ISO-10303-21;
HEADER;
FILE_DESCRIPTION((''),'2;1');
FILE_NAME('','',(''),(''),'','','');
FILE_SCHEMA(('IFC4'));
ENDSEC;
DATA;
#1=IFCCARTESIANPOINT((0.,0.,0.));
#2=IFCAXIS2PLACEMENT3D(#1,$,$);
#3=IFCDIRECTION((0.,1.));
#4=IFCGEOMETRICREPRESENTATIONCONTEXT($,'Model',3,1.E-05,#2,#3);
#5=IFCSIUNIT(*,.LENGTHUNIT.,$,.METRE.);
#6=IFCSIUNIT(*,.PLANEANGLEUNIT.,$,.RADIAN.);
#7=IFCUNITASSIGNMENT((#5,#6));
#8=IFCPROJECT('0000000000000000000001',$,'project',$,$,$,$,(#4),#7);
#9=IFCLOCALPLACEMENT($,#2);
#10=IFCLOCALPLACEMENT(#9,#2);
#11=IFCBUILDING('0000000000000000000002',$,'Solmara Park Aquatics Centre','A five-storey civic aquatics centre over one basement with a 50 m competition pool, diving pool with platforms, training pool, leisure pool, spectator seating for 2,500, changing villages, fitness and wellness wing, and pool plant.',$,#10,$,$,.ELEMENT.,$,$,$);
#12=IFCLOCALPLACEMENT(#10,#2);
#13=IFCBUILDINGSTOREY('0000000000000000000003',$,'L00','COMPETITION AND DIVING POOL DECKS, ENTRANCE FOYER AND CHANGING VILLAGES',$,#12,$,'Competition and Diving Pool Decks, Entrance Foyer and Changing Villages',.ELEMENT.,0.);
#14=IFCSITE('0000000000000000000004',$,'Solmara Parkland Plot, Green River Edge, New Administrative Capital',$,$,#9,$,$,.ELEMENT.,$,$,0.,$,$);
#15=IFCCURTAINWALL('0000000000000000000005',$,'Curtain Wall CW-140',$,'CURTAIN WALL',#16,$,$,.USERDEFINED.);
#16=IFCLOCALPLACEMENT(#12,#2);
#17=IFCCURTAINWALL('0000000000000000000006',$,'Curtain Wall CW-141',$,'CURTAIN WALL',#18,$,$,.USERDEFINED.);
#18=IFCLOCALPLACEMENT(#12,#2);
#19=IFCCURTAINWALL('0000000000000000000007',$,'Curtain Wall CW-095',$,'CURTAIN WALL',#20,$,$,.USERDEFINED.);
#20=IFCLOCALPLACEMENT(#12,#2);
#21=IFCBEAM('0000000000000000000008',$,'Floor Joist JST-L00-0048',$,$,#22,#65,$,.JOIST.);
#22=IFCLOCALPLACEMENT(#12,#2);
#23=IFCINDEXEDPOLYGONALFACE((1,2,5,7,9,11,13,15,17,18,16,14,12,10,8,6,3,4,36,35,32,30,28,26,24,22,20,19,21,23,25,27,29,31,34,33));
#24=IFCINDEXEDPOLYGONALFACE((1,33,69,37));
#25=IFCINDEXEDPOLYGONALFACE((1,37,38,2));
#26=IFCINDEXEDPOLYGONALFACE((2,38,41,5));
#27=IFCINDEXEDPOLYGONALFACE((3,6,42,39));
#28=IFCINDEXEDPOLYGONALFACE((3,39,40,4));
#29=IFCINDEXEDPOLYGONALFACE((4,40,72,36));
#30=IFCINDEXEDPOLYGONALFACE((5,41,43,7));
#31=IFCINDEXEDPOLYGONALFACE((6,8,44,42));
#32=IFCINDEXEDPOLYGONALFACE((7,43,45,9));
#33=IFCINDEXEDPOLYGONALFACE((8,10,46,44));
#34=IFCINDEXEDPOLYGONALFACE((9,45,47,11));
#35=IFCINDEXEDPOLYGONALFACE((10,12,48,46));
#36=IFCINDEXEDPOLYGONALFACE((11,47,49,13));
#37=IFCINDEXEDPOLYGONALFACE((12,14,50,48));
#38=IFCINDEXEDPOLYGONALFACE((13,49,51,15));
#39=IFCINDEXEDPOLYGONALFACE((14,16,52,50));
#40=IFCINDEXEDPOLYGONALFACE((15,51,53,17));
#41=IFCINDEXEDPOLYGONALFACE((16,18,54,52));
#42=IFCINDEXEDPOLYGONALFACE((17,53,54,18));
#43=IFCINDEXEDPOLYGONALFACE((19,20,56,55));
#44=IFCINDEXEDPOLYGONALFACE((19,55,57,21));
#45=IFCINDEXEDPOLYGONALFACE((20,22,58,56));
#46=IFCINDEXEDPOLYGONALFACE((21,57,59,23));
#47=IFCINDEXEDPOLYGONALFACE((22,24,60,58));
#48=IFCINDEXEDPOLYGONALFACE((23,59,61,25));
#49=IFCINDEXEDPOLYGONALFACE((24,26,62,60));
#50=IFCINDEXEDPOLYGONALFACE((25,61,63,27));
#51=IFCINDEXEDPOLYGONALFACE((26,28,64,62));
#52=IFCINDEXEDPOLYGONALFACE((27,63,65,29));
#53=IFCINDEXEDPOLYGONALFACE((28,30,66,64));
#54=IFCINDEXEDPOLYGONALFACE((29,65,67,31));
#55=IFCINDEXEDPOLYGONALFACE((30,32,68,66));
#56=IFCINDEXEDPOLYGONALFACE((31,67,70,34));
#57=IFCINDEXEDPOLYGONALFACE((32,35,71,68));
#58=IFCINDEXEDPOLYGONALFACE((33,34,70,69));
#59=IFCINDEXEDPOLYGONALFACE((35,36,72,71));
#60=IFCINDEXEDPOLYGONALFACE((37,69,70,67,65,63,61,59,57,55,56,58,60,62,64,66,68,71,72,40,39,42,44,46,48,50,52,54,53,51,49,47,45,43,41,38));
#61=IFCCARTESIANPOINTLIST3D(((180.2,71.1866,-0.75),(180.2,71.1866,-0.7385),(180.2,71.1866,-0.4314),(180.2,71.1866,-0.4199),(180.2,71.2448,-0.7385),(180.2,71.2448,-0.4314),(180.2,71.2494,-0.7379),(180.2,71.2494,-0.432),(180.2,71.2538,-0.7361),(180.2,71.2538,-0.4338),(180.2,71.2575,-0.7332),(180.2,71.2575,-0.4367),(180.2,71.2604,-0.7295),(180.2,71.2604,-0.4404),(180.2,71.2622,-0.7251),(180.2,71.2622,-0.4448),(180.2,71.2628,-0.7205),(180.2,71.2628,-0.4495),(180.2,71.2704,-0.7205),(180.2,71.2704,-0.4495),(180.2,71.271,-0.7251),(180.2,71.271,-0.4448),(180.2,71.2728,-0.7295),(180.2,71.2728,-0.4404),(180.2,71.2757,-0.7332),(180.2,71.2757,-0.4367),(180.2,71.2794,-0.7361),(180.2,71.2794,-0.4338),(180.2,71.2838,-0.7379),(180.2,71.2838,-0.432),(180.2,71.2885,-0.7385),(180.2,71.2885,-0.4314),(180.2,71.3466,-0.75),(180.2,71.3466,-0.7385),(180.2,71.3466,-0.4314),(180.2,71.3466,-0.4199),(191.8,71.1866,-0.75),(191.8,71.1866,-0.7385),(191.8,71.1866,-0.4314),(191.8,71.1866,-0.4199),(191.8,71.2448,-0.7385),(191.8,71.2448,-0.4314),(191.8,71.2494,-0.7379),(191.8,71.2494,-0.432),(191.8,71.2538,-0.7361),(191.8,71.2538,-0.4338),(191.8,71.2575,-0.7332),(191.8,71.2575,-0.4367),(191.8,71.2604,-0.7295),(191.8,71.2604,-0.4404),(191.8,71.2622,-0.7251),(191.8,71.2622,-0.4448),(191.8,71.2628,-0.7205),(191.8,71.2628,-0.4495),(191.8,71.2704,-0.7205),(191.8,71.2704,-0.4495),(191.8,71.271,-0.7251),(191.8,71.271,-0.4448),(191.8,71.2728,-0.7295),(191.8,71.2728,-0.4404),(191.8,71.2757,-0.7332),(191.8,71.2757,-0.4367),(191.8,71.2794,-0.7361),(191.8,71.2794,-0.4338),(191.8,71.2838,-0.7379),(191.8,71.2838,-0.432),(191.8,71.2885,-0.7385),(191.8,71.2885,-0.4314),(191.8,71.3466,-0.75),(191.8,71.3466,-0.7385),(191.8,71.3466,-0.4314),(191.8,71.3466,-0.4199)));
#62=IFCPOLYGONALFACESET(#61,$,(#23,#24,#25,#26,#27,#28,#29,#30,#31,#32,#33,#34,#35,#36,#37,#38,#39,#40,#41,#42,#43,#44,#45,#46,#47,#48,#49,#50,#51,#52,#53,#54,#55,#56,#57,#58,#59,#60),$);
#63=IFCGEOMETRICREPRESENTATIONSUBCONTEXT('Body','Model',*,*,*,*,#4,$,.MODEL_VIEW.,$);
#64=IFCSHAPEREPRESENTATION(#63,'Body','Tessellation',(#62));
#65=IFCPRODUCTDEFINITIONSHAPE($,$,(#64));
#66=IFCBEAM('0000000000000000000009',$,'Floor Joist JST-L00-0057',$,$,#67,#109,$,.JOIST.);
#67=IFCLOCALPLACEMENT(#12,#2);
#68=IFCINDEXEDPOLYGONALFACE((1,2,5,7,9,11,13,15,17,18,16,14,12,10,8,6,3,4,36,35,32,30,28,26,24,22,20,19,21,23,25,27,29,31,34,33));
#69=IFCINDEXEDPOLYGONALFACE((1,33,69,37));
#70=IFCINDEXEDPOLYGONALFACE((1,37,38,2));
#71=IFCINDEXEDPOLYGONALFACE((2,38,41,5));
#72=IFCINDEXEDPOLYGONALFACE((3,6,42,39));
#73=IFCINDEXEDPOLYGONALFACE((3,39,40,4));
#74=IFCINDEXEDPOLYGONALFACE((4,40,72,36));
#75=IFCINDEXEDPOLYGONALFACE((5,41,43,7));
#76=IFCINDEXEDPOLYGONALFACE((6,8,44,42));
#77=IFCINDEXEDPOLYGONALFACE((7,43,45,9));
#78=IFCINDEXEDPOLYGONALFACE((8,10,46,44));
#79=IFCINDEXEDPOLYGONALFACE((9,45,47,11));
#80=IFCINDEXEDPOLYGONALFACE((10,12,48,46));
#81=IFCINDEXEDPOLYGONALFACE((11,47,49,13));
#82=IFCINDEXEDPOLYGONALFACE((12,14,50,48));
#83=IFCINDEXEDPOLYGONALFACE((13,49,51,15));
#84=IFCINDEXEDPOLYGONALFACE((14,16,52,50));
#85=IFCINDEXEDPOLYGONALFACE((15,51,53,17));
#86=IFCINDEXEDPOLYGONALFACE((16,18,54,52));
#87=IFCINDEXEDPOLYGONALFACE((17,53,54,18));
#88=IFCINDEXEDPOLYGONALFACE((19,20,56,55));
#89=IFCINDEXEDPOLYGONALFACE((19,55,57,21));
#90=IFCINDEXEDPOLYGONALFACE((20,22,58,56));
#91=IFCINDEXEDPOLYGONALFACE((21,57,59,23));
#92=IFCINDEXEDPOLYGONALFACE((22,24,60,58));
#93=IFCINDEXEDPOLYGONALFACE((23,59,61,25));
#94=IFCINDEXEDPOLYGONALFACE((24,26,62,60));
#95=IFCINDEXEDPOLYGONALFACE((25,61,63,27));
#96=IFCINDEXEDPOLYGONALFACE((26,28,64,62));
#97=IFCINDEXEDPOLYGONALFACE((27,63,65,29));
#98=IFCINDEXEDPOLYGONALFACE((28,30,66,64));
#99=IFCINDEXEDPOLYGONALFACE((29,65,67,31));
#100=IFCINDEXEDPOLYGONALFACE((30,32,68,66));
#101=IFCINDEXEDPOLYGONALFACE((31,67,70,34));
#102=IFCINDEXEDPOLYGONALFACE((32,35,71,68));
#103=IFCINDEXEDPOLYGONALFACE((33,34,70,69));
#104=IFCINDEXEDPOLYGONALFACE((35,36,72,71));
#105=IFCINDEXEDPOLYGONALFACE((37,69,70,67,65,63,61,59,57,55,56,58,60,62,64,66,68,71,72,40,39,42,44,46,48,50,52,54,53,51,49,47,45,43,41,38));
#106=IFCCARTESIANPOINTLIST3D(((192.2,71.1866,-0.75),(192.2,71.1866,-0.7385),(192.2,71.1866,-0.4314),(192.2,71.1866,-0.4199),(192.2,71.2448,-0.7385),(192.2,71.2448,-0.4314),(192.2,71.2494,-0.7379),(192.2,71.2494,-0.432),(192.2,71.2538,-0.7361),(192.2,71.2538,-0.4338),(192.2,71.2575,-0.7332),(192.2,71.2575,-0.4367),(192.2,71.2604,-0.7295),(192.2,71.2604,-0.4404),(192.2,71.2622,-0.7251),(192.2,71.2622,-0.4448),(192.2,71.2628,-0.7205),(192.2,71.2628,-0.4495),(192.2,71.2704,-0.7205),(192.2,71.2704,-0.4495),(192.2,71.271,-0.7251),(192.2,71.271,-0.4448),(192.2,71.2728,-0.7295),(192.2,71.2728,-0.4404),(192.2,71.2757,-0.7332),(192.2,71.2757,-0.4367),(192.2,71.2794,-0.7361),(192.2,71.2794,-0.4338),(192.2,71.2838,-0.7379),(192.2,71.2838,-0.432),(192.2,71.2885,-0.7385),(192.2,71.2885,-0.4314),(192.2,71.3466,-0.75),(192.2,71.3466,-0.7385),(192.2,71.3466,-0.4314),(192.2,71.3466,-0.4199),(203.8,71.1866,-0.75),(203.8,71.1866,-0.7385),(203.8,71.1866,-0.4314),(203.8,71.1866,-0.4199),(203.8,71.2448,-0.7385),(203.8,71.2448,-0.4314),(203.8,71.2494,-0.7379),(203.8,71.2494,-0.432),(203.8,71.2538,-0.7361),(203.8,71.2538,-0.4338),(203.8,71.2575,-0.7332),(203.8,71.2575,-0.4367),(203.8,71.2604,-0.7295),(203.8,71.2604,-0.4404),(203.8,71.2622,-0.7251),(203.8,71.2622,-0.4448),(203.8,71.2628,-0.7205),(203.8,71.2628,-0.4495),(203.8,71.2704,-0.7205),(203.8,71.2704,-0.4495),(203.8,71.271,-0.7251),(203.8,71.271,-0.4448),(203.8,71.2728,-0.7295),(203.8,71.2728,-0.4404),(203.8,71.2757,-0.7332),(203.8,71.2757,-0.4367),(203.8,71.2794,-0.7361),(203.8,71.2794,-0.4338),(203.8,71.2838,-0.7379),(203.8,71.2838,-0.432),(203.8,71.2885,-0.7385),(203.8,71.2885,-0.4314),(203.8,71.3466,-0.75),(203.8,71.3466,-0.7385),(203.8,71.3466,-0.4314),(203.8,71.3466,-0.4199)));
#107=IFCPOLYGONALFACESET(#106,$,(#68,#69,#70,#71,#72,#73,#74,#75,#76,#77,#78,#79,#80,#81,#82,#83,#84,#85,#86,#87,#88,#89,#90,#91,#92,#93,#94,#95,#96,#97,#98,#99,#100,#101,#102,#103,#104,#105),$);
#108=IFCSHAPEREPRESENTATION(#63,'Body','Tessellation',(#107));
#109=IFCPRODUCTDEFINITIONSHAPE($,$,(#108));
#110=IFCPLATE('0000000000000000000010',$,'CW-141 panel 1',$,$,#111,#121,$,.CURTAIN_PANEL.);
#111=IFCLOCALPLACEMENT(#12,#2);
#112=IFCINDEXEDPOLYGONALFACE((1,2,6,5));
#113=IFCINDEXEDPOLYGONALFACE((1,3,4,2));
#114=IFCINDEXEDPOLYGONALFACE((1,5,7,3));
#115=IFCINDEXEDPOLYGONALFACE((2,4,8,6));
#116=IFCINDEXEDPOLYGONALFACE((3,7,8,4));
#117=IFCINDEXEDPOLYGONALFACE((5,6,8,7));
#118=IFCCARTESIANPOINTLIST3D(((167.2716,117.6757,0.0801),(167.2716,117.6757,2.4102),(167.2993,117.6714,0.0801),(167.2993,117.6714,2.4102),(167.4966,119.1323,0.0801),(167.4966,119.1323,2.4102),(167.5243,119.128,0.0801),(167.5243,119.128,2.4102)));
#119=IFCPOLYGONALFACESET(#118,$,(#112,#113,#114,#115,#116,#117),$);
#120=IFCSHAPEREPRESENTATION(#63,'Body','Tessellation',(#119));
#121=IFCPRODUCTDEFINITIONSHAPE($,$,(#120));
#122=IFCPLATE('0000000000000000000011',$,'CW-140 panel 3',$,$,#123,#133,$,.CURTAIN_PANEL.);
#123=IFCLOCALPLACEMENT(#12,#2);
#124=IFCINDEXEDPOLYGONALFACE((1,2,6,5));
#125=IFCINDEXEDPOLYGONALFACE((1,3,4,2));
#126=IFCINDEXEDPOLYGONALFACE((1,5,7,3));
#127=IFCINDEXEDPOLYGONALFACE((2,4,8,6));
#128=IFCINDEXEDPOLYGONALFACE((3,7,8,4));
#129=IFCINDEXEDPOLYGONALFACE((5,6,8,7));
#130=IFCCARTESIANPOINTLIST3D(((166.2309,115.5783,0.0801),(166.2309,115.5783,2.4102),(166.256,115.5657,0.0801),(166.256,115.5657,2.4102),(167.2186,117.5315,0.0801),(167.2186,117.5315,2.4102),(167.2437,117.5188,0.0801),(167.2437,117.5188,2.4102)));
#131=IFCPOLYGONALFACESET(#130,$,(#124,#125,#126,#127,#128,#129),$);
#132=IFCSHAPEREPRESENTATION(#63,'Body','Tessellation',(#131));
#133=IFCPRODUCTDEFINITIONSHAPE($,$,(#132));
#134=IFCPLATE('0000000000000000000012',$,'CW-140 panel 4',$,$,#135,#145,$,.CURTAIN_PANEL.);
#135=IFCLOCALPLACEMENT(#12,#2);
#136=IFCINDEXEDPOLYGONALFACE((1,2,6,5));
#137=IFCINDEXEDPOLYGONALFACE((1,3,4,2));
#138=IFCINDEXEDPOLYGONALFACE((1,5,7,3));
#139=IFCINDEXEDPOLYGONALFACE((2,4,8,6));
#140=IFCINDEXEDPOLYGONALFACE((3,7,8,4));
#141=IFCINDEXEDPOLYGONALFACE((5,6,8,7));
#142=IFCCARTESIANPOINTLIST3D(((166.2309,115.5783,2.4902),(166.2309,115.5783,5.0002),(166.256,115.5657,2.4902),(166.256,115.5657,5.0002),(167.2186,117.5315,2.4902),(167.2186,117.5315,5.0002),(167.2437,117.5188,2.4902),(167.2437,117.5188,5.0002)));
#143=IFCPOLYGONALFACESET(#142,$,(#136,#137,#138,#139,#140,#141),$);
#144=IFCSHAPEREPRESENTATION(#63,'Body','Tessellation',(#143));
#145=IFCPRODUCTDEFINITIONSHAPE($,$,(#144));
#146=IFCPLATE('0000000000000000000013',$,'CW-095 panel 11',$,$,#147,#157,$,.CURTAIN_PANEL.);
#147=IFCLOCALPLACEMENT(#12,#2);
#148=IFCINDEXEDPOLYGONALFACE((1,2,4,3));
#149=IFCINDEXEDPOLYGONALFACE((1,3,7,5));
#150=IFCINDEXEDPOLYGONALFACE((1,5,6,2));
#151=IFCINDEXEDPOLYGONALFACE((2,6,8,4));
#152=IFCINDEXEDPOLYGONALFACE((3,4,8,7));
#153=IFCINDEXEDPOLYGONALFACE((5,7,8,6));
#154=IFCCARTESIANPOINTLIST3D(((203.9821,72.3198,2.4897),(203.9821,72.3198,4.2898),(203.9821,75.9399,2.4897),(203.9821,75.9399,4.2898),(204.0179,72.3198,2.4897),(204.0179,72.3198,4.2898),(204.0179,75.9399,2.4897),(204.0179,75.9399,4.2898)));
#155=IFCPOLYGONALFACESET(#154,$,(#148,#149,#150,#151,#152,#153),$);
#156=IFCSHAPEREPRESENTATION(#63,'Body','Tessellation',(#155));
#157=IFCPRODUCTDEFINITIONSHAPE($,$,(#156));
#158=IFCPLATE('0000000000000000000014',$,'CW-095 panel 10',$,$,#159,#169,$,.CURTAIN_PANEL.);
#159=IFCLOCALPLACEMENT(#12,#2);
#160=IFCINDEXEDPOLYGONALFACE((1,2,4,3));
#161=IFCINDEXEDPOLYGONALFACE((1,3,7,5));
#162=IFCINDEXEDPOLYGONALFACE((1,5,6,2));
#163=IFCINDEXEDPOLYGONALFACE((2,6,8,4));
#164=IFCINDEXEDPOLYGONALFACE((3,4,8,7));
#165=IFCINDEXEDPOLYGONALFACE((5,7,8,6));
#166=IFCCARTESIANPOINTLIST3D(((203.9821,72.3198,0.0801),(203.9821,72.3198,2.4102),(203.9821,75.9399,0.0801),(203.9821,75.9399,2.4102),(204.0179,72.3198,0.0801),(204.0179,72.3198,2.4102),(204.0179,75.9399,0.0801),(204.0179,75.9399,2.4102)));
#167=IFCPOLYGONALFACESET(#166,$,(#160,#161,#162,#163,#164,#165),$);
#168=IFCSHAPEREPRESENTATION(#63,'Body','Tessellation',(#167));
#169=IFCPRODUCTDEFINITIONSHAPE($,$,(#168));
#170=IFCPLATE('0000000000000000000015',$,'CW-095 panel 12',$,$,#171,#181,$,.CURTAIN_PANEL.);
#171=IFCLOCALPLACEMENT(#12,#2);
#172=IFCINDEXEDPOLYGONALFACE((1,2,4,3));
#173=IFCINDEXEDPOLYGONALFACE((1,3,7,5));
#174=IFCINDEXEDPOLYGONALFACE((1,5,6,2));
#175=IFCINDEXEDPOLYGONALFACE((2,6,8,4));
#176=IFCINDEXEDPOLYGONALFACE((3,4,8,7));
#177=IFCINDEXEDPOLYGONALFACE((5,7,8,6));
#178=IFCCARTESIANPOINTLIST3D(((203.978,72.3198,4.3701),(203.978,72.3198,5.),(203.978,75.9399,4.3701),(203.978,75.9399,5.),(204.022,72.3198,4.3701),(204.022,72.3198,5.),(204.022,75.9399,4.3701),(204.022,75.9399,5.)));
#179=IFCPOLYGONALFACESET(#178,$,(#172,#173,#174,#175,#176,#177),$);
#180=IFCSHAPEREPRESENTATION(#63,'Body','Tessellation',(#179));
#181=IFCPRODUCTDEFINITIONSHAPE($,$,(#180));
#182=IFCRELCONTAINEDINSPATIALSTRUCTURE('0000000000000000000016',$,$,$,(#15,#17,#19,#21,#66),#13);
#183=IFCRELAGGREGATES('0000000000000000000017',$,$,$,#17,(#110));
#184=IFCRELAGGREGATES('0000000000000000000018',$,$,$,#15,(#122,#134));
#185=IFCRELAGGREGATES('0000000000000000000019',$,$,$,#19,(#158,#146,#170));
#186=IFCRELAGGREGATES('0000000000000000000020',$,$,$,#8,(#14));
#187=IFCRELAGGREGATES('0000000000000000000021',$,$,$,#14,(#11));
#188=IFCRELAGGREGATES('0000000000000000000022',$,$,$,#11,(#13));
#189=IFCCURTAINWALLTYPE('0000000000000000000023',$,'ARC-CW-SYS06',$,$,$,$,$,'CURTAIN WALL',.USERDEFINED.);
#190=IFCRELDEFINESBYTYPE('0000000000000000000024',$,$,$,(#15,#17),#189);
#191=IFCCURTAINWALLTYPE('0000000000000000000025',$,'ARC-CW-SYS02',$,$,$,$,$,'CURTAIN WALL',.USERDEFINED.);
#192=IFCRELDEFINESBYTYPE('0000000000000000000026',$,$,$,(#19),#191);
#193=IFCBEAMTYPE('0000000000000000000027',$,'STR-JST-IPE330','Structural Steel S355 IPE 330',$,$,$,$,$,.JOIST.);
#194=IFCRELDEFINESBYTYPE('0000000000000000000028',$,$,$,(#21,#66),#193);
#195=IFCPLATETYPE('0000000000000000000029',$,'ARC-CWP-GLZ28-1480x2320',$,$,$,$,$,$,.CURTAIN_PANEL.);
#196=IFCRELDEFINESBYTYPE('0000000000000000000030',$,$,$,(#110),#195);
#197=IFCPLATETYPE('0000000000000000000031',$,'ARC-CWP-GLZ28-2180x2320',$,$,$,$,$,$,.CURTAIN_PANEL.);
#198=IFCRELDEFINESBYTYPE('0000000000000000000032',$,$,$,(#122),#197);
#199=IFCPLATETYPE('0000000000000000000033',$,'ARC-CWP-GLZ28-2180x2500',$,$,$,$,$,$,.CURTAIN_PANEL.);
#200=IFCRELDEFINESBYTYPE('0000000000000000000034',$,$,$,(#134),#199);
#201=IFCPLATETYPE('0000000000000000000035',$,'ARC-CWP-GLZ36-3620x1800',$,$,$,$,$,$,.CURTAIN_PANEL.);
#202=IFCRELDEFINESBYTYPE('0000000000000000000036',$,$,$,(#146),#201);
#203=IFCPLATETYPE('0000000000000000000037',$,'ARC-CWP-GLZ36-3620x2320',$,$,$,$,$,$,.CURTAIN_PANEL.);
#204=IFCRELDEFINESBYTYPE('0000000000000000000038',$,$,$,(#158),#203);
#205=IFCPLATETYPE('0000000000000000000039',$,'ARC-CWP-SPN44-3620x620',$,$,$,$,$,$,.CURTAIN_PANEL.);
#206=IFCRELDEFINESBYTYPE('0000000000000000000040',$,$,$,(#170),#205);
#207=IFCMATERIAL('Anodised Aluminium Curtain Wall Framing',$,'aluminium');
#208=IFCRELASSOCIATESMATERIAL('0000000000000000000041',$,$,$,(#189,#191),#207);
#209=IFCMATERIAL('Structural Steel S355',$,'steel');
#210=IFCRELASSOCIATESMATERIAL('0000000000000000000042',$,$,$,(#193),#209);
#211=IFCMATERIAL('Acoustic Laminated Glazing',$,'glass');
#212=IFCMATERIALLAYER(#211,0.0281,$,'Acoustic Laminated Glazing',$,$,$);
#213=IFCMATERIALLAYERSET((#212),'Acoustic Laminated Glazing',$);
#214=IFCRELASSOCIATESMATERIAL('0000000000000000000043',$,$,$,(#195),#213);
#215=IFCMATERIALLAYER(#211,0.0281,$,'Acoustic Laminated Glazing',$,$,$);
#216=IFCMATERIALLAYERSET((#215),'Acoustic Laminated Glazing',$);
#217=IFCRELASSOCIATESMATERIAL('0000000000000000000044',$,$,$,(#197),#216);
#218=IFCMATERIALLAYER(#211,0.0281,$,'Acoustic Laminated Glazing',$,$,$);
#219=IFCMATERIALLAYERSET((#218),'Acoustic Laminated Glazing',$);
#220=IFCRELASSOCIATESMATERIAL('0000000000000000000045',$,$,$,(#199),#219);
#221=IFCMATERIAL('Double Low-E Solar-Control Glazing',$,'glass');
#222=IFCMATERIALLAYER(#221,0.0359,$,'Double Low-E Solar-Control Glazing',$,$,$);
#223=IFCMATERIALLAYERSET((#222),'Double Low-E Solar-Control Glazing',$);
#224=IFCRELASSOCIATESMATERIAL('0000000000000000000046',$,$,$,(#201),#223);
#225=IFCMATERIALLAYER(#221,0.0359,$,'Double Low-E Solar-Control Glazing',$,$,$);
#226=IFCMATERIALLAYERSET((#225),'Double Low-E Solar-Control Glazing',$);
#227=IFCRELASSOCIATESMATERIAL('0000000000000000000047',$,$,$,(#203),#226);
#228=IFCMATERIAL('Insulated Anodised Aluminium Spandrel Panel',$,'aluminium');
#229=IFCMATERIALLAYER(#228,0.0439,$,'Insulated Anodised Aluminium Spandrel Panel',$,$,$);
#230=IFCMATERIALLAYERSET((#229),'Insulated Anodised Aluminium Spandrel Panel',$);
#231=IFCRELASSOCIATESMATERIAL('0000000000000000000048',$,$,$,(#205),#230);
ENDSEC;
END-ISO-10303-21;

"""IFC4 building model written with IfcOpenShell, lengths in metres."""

from ifc_helpers import new_model, si_unit, direction, frame, origin, origin_2d, place, context, subcontext, project, spatial, rectangle, i_section, extrude, material, layer, layer_set, material_profile, profile_set, type_object, element, aggregate, save


model = new_model("IFC4")

# Units and contexts
model_context = context("Model", 3, precision=1e-05, world=origin(), true_north=direction((0.0, 1.0)))
body_context = subcontext(model_context, "Body", "Model", "MODEL_VIEW")
ifc_project = project(units=[si_unit("LENGTHUNIT", "METRE"), si_unit("PLANEANGLEUNIT", "RADIAN")], contexts=[model_context])

# Site, building, storey
site_placement = place(None, origin())
site = spatial("IfcSite", under=ifc_project, at=site_placement, Name="Solmara Parkland Plot, Green River Edge, New Administrative Capital", CompositionType="ELEMENT", RefElevation=0.0)
building_placement = place(site_placement, origin())
building = spatial("IfcBuilding", under=site, at=building_placement, Name="Solmara Park Aquatics Centre", Description="A five-storey civic aquatics centre over one basement with a 50 m competition pool, diving pool with platforms, training pool, leisure pool, spectator seating for 2,500, changing villages, fitness and wellness wing, and pool plant.", CompositionType="ELEMENT")
storey_placement = place(building_placement, origin())
storey = spatial("IfcBuildingStorey", under=building, at=storey_placement, Name="L00", Description="COMPETITION AND DIVING POOL DECKS, ENTRANCE FOYER AND CHANGING VILLAGES", LongName="Competition and Diving Pool Decks, Entrance Foyer and Changing Villages", CompositionType="ELEMENT", Elevation=0.0)

# Curtain walls
ifc_material_1 = material(Name="Anodised Aluminium Curtain Wall Framing", Category="aluminium")
curtain_wall_type_1 = type_object("IfcCurtainWallType", Name="ARC-CW-SYS06", ElementType="CURTAIN WALL", PredefinedType="USERDEFINED", material=ifc_material_1)
curtain_wall_1_placement = place(storey_placement, origin())
curtain_wall_1 = element("IfcCurtainWall", 1, at=curtain_wall_1_placement, inside=storey, type_object=curtain_wall_type_1, Name="Curtain Wall CW-140", ObjectType="CURTAIN WALL", PredefinedType="USERDEFINED")
curtain_wall_2_placement = place(storey_placement, origin())
curtain_wall_2 = element("IfcCurtainWall", 2, at=curtain_wall_2_placement, inside=storey, type_object=curtain_wall_type_1, Name="Curtain Wall CW-141", ObjectType="CURTAIN WALL", PredefinedType="USERDEFINED")

# Curtain wall
curtain_wall_type_2 = type_object("IfcCurtainWallType", Name="ARC-CW-SYS02", ElementType="CURTAIN WALL", PredefinedType="USERDEFINED", material=ifc_material_1)
curtain_wall_3_placement = place(storey_placement, origin())
curtain_wall_3 = element("IfcCurtainWall", 3, at=curtain_wall_3_placement, inside=storey, type_object=curtain_wall_type_2, Name="Curtain Wall CW-095", ObjectType="CURTAIN WALL", PredefinedType="USERDEFINED")

# Beams
ifc_material_2 = material(Name="Structural Steel S355", Category="steel")
ifc_material_profile_1 = material_profile(ifc_material_2, i_section(OverallWidth=0.1599, OverallDepth=0.3301, WebThickness=0.0076, FlangeThickness=0.0115, FilletRadius=0.0181, at=origin_2d()), Name="IPE 330")
ifc_profile_set_1 = profile_set([ifc_material_profile_1], Name="Structural Steel S355")
beam_type_1 = type_object("IfcBeamType", Name="STR-JST-IPE330", Description="Structural Steel S355 IPE 330", PredefinedType="JOIST", material=ifc_profile_set_1)
for number, where, z_axis, x_axis, name in (
    (4, (180.2, 71.2666, -0.585), (1.0, 0.0, 0.0), (0.0, 1.0, 0.0), "Floor Joist JST-L00-0048"),
    (5, (192.2, 71.2666, -0.585), (1.0, 0.0, 0.0), (0.0, 1.0, 0.0), "Floor Joist JST-L00-0057"),
):
    element("IfcBeam", number, at=place(storey_placement, frame(where, z_axis=z_axis, x_axis=x_axis)), inside=storey, type_object=beam_type_1, Name=name, PredefinedType="JOIST", context=body_context, shape_type="SweptSolid", body=[
        extrude(i_section(OverallWidth=0.1599, OverallDepth=0.3301, WebThickness=0.0076, FlangeThickness=0.0115, FilletRadius=0.0181, at=origin_2d()), origin(), (0.0, 0.0, 1.0), 11.6001),
    ])

# Plates
ifc_material_3 = material(Name="Acoustic Laminated Glazing", Category="glass")
ifc_layer_1 = layer(ifc_material_3, 0.0281, Name="Acoustic Laminated Glazing")
ifc_layer_set_1 = layer_set([ifc_layer_1], Name="Acoustic Laminated Glazing")
plate_type_1 = type_object("IfcPlateType", Name="ARC-CWP-GLZ28-1480x2320", PredefinedType="CURTAIN_PANEL", material=ifc_layer_set_1)
plate_1_placement = place(storey_placement, frame((167.3979, 118.4019, 0.0801), z_axis=(0.0, 0.0, 1.0), x_axis=(0.152639, 0.988282, 0.0)))
plate_1 = element("IfcPlate", 6, at=plate_1_placement, type_object=plate_type_1, Name="CW-141 panel 1", PredefinedType="CURTAIN_PANEL", context=body_context, shape_type="SweptSolid", body=[
    extrude(rectangle(XDim=1.4739, YDim=0.0281, at=origin_2d()), origin(), (0.0, 0.0, 1.0), 2.3301),
])
aggregate(curtain_wall_2, [plate_1])
ifc_layer_2 = layer(ifc_material_3, 0.0281, Name="Acoustic Laminated Glazing")
ifc_layer_set_2 = layer_set([ifc_layer_2], Name="Acoustic Laminated Glazing")
plate_type_2 = type_object("IfcPlateType", Name="ARC-CWP-GLZ28-2180x2320", PredefinedType="CURTAIN_PANEL", material=ifc_layer_set_2)
plate_2_placement = place(storey_placement, frame((166.7373, 116.5486, 0.0801), z_axis=(0.0, 0.0, 1.0), x_axis=(0.451289, 0.892378, 0.0)))
plate_2 = element("IfcPlate", 7, at=plate_2_placement, type_object=plate_type_2, Name="CW-140 panel 3", PredefinedType="CURTAIN_PANEL", context=body_context, shape_type="SweptSolid", body=[
    extrude(rectangle(XDim=2.1887, YDim=0.0281, at=origin_2d()), origin(), (0.0, 0.0, 1.0), 2.3301),
])
ifc_layer_3 = layer(ifc_material_3, 0.0281, Name="Acoustic Laminated Glazing")
ifc_layer_set_3 = layer_set([ifc_layer_3], Name="Acoustic Laminated Glazing")
plate_type_3 = type_object("IfcPlateType", Name="ARC-CWP-GLZ28-2180x2500", PredefinedType="CURTAIN_PANEL", material=ifc_layer_set_3)
plate_3_placement = place(storey_placement, frame((166.7373, 116.5486, 2.4902), z_axis=(0.0, 0.0, 1.0), x_axis=(0.451289, 0.892378, 0.0)))
plate_3 = element("IfcPlate", 8, at=plate_3_placement, type_object=plate_type_3, Name="CW-140 panel 4", PredefinedType="CURTAIN_PANEL", context=body_context, shape_type="SweptSolid", body=[
    extrude(rectangle(XDim=2.1887, YDim=0.0281, at=origin_2d()), origin(), (0.0, 0.0, 1.0), 2.51),
])
aggregate(curtain_wall_1, [plate_2, plate_3])
ifc_material_4 = material(Name="Double Low-E Solar-Control Glazing", Category="glass")
ifc_layer_4 = layer(ifc_material_4, 0.0359, Name="Double Low-E Solar-Control Glazing")
ifc_layer_set_4 = layer_set([ifc_layer_4], Name="Double Low-E Solar-Control Glazing")
plate_type_4 = type_object("IfcPlateType", Name="ARC-CWP-GLZ36-3620x1800", PredefinedType="CURTAIN_PANEL", material=ifc_layer_set_4)
plate_4_placement = place(storey_placement, frame((204.0, 74.1299, 2.4897), z_axis=(0.0, 0.0, 1.0), x_axis=(0.0, 1.0, 0.0)))
plate_4 = element("IfcPlate", 9, at=plate_4_placement, type_object=plate_type_4, Name="CW-095 panel 11", PredefinedType="CURTAIN_PANEL", context=body_context, shape_type="SweptSolid", body=[
    extrude(rectangle(XDim=3.6201, YDim=0.0359, at=origin_2d()), origin(), (0.0, 0.0, 1.0), 1.8),
])
ifc_layer_5 = layer(ifc_material_4, 0.0359, Name="Double Low-E Solar-Control Glazing")
ifc_layer_set_5 = layer_set([ifc_layer_5], Name="Double Low-E Solar-Control Glazing")
plate_type_5 = type_object("IfcPlateType", Name="ARC-CWP-GLZ36-3620x2320", PredefinedType="CURTAIN_PANEL", material=ifc_layer_set_5)
plate_5_placement = place(storey_placement, frame((204.0, 74.1299, 0.0801), z_axis=(0.0, 0.0, 1.0), x_axis=(0.0, 1.0, 0.0)))
plate_5 = element("IfcPlate", 10, at=plate_5_placement, type_object=plate_type_5, Name="CW-095 panel 10", PredefinedType="CURTAIN_PANEL", context=body_context, shape_type="SweptSolid", body=[
    extrude(rectangle(XDim=3.6201, YDim=0.0359, at=origin_2d()), origin(), (0.0, 0.0, 1.0), 2.3301),
])
ifc_material_5 = material(Name="Insulated Anodised Aluminium Spandrel Panel", Category="aluminium")
ifc_layer_6 = layer(ifc_material_5, 0.0439, Name="Insulated Anodised Aluminium Spandrel Panel")
ifc_layer_set_6 = layer_set([ifc_layer_6], Name="Insulated Anodised Aluminium Spandrel Panel")
plate_type_6 = type_object("IfcPlateType", Name="ARC-CWP-SPN44-3620x620", PredefinedType="CURTAIN_PANEL", material=ifc_layer_set_6)
plate_6_placement = place(storey_placement, frame((204.0, 74.1299, 4.3701), z_axis=(0.0, 0.0, 1.0), x_axis=(0.0, 1.0, 0.0)))
plate_6 = element("IfcPlate", 11, at=plate_6_placement, type_object=plate_type_6, Name="CW-095 panel 12", PredefinedType="CURTAIN_PANEL", context=body_context, shape_type="SweptSolid", body=[
    extrude(rectangle(XDim=3.6201, YDim=0.0439, at=origin_2d()), origin(), (0.0, 0.0, 1.0), 0.6299),
])
aggregate(curtain_wall_3, [plate_5, plate_4, plate_6])

save(model, "model.ifc")
